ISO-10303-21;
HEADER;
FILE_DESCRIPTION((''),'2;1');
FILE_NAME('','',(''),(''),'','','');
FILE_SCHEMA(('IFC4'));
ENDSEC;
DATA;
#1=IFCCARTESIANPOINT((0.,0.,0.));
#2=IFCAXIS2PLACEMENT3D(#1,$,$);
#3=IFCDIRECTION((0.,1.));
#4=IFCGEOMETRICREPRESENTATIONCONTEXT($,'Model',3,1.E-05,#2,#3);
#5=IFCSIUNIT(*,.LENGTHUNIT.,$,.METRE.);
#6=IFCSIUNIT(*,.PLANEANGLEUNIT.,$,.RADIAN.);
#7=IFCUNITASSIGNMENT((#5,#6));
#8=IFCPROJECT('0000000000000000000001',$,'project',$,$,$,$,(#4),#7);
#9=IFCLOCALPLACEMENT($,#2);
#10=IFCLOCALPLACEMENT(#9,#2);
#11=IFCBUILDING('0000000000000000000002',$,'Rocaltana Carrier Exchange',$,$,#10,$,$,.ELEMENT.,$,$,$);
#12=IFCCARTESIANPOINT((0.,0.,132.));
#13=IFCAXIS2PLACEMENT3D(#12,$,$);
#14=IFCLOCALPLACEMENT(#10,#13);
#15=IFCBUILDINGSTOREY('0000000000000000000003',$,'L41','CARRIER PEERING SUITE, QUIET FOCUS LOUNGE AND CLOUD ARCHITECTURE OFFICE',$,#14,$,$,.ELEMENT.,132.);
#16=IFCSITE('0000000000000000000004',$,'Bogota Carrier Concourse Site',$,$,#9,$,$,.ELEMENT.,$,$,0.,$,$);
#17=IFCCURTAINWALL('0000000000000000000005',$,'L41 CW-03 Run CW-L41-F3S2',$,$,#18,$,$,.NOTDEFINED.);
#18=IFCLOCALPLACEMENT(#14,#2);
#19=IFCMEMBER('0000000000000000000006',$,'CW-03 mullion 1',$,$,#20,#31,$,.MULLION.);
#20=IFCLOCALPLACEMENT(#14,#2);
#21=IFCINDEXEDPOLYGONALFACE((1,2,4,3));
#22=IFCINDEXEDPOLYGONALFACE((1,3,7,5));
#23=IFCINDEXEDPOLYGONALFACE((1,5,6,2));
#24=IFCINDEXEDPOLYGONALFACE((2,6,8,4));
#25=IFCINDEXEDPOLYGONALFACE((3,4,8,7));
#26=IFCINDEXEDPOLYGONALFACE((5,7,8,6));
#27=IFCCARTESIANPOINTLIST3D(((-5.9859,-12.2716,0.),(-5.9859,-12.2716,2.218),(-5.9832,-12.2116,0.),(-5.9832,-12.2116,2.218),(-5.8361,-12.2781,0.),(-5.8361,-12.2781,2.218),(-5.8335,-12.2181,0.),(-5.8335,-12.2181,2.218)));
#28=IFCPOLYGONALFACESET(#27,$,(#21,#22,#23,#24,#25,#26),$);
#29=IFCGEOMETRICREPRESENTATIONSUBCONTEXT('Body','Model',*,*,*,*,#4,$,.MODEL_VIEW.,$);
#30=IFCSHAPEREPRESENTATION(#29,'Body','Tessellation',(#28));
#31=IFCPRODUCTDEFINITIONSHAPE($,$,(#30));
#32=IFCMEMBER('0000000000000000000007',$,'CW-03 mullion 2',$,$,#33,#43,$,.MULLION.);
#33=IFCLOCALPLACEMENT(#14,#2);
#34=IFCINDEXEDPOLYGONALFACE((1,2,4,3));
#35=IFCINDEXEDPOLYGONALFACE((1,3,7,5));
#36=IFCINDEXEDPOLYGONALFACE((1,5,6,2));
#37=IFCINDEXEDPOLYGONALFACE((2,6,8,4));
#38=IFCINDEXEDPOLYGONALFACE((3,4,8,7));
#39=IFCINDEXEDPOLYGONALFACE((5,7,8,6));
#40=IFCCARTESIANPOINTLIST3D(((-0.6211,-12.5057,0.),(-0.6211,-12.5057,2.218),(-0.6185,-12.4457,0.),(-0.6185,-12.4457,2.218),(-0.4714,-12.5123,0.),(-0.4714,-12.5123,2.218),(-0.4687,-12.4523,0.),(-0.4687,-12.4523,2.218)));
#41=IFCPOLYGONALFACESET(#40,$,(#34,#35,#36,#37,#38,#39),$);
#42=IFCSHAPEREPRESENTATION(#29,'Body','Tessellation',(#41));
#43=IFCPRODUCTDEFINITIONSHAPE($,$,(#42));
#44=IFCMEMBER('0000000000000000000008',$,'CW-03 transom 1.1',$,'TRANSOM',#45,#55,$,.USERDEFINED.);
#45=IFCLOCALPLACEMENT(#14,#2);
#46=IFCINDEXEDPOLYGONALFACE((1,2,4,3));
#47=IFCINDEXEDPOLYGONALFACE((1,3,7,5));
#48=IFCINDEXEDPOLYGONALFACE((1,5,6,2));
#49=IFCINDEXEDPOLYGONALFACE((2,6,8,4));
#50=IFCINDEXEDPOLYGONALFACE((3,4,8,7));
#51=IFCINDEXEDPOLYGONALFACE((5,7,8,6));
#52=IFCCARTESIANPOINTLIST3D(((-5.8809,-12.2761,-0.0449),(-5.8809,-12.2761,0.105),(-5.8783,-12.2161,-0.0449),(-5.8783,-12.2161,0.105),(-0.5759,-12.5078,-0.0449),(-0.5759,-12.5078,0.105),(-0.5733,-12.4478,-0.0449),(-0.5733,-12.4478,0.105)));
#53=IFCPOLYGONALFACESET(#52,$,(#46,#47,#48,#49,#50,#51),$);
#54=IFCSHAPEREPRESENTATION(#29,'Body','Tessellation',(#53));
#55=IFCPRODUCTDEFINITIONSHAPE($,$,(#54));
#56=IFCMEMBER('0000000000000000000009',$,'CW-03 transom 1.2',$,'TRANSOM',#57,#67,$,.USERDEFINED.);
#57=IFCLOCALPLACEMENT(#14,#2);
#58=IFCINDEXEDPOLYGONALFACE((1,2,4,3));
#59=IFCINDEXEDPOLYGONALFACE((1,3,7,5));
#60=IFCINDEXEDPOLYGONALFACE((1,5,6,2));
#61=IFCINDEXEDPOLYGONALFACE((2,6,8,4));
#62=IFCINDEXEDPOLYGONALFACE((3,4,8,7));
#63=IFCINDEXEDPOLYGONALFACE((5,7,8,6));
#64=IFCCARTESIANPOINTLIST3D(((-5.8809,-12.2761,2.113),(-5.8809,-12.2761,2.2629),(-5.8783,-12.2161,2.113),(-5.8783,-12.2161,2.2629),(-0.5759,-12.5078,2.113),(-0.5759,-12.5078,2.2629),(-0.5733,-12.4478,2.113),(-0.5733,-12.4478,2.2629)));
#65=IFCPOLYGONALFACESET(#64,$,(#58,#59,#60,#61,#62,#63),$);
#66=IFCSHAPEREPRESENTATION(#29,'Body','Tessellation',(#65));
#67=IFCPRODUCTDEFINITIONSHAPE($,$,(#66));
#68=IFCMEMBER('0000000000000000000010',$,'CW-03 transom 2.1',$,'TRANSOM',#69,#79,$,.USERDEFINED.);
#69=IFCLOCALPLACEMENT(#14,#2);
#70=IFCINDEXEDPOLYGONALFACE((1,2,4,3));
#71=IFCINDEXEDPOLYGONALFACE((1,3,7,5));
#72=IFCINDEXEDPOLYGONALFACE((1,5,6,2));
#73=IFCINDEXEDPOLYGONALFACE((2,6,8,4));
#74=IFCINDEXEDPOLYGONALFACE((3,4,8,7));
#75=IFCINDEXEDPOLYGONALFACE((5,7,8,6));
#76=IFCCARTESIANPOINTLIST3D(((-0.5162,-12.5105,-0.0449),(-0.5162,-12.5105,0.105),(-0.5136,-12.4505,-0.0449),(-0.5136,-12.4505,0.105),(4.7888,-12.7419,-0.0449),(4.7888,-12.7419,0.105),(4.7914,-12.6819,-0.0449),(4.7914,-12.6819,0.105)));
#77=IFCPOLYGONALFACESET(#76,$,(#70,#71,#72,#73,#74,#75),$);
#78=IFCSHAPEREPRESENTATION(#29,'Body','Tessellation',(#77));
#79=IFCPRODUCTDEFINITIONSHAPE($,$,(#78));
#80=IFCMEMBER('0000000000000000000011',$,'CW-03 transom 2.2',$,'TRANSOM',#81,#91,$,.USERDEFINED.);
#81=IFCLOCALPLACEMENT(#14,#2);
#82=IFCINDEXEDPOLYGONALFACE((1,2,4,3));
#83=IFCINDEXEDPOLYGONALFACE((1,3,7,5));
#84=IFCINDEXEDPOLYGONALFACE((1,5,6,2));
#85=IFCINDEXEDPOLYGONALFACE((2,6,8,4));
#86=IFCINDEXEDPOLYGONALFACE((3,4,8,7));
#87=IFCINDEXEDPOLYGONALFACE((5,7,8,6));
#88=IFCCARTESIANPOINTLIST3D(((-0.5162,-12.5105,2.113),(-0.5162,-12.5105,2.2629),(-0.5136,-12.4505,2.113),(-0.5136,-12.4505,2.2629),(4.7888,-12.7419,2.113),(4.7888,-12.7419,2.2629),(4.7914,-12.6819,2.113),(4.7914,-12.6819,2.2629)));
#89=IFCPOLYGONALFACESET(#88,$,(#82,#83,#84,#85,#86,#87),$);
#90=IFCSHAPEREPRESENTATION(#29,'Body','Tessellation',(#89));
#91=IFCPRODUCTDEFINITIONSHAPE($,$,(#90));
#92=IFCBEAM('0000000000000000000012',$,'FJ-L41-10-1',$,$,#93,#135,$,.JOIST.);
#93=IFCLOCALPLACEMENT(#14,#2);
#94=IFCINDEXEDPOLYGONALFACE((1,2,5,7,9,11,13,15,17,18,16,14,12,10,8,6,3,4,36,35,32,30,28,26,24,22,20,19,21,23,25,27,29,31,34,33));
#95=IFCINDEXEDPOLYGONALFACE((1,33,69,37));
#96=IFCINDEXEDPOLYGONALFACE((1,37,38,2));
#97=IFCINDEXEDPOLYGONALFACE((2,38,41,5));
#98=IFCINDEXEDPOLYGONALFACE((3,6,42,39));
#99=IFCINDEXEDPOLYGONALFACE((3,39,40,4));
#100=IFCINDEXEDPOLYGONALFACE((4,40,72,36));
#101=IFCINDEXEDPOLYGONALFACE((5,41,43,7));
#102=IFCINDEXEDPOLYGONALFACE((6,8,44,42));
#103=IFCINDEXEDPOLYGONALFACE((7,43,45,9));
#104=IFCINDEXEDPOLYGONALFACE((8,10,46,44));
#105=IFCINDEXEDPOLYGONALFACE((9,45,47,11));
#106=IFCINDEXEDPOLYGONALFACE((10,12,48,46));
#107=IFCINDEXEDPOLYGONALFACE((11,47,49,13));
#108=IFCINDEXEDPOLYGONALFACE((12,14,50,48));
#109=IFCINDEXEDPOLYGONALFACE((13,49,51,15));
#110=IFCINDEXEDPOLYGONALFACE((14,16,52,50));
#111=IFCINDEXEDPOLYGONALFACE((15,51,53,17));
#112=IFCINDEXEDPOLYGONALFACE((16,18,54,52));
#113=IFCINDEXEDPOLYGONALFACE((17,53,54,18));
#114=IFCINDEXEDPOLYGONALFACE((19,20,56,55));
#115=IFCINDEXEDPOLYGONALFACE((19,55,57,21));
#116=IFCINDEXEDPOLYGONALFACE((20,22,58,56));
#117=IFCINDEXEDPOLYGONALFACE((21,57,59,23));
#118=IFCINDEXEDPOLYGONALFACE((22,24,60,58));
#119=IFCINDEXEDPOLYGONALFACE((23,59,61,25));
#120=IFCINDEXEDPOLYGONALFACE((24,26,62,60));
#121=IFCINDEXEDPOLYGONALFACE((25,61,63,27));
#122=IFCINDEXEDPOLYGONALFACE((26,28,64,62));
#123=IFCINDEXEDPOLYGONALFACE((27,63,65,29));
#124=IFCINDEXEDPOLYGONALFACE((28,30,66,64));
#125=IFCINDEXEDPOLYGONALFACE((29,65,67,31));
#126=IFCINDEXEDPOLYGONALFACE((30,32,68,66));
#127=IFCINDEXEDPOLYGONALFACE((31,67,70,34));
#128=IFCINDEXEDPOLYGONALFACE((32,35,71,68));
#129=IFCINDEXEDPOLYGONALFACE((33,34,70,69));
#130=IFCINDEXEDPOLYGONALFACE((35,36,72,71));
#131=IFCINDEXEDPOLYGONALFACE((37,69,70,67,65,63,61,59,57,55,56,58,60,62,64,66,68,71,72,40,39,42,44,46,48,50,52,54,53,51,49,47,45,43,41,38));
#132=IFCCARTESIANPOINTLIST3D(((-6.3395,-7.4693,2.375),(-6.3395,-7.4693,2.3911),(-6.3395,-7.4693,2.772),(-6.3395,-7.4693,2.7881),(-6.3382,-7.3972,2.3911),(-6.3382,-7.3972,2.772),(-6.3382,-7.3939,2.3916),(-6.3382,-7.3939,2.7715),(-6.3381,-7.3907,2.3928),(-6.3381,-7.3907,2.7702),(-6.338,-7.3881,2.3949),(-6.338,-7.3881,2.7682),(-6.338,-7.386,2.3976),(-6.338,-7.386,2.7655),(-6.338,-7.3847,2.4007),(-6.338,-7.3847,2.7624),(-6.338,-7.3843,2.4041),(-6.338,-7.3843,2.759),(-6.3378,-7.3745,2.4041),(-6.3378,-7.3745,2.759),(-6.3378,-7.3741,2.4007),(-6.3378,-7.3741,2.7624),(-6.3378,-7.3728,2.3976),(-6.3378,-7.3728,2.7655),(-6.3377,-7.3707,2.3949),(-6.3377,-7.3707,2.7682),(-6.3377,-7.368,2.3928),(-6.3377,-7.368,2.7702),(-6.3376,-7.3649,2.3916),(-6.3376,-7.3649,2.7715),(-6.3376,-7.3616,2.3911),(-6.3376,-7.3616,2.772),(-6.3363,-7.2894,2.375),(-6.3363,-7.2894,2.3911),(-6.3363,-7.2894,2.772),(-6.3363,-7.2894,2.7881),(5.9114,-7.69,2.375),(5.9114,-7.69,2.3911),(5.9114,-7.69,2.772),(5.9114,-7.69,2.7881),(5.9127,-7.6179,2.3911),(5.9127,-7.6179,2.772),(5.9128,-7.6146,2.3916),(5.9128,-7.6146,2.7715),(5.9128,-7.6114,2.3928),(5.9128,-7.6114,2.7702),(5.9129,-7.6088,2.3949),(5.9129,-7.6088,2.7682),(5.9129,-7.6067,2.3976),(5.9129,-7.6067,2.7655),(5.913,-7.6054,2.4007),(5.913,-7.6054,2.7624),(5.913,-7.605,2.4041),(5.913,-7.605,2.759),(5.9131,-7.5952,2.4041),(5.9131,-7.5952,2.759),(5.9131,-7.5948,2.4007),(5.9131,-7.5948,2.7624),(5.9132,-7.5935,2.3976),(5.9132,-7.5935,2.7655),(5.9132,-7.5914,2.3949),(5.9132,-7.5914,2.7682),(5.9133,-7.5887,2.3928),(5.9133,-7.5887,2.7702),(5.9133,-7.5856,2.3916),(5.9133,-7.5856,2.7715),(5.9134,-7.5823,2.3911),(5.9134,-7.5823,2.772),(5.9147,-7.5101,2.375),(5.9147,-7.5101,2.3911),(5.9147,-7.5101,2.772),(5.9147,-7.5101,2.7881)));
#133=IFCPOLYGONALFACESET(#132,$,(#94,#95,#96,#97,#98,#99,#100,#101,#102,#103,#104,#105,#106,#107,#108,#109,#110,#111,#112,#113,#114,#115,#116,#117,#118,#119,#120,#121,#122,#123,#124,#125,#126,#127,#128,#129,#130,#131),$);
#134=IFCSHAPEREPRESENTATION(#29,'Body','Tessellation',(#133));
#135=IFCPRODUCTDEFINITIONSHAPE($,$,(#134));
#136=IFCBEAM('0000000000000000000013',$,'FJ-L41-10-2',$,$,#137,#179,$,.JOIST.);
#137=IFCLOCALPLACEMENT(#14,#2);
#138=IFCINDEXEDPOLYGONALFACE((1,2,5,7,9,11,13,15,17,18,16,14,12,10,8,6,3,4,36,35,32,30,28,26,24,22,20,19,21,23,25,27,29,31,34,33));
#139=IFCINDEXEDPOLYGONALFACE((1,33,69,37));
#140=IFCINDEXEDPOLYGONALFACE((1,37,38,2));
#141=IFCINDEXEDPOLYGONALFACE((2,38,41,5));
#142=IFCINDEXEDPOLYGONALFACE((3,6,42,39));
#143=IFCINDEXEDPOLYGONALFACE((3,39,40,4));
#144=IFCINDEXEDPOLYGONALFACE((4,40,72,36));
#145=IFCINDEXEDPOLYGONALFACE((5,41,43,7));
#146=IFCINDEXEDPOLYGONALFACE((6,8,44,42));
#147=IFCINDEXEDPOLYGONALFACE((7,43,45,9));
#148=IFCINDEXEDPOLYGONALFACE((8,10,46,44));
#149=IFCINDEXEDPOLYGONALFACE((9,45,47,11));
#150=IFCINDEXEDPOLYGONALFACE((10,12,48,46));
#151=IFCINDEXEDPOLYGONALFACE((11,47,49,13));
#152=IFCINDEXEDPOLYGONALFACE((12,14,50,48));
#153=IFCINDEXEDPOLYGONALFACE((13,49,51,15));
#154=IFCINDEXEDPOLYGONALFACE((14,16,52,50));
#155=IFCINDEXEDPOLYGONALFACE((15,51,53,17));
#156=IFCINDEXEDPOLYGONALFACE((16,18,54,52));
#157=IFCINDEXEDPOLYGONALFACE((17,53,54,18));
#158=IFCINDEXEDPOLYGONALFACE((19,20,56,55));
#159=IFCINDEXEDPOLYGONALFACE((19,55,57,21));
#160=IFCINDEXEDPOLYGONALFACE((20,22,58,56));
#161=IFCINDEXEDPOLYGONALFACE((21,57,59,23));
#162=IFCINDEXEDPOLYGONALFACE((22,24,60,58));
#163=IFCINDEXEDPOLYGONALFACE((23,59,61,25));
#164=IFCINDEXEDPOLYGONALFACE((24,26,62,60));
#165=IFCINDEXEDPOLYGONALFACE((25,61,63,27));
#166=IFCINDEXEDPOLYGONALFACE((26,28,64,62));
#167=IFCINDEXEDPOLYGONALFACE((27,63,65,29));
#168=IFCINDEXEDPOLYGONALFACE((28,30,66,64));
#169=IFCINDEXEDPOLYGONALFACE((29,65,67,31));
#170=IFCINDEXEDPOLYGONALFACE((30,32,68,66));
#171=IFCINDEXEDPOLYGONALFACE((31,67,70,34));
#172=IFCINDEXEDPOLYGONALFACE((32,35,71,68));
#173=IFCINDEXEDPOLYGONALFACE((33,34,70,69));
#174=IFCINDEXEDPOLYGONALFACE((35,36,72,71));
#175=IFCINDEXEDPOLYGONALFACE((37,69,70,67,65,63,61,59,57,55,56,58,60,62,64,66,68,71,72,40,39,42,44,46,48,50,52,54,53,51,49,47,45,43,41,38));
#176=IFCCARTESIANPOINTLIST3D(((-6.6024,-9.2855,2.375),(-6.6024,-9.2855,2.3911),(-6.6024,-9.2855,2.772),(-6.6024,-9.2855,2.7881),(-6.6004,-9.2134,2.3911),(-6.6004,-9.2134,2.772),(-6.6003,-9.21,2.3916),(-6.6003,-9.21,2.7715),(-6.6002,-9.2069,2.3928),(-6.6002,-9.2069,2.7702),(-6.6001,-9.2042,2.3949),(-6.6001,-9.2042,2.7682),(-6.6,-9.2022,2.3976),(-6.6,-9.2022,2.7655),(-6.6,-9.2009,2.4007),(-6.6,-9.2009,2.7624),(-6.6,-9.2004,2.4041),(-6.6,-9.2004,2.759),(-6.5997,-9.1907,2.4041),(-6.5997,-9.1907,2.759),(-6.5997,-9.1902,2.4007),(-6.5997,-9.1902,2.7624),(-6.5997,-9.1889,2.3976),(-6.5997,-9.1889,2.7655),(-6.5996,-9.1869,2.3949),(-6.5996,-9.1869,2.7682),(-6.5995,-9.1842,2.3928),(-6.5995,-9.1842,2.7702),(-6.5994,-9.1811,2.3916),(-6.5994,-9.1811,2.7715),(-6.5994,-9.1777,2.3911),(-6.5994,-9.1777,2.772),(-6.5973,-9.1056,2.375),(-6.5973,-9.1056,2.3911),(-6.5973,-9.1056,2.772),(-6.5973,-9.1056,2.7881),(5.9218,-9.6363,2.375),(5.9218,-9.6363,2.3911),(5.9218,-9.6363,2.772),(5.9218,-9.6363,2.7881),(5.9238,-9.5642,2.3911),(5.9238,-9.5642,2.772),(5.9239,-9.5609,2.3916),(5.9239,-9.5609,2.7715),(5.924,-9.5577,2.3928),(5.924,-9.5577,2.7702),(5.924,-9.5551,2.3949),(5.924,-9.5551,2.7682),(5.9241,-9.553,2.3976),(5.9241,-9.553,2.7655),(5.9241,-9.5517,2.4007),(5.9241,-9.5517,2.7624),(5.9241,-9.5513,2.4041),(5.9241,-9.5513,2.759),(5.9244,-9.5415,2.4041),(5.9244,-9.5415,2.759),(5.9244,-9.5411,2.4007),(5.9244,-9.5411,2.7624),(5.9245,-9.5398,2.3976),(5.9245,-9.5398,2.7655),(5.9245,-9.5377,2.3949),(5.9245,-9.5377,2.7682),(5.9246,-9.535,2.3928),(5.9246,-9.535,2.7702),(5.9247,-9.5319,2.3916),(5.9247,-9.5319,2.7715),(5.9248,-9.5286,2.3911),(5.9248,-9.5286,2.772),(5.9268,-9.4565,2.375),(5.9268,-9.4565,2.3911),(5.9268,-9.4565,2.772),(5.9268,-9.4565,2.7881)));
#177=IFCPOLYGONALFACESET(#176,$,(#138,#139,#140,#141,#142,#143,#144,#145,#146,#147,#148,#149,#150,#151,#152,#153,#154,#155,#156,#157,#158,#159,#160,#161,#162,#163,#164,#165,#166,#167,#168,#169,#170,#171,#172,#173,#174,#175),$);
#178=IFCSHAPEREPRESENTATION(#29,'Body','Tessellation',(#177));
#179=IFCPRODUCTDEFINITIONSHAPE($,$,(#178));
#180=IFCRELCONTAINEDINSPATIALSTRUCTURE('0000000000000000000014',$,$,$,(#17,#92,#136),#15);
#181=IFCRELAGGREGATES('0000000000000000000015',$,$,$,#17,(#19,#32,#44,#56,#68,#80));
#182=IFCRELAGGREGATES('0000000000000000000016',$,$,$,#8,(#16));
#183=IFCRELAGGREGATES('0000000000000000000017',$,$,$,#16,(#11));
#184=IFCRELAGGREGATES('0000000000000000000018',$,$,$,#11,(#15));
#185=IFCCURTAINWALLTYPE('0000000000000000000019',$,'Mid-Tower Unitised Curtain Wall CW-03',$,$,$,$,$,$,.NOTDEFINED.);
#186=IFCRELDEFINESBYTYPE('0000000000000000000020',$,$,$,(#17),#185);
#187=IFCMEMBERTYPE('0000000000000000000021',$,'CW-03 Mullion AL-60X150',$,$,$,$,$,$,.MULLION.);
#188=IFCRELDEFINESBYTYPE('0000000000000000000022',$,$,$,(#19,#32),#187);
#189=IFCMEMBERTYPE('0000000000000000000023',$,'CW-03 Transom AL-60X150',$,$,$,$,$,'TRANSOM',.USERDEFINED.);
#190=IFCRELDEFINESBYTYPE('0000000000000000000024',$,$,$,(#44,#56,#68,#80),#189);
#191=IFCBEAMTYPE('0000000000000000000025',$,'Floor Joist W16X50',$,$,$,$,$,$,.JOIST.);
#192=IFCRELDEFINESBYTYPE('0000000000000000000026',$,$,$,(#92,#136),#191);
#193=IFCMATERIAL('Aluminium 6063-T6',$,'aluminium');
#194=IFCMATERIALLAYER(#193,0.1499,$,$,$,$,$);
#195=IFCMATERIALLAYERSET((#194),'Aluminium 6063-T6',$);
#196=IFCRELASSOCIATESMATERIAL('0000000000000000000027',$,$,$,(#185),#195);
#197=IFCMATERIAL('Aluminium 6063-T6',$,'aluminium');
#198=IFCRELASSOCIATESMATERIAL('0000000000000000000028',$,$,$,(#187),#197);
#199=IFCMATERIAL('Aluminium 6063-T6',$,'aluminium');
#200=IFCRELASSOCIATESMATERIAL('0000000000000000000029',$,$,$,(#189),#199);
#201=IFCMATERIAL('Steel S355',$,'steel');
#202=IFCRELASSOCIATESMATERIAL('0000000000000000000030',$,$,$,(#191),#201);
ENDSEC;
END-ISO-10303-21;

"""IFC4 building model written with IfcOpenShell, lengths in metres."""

from ifc_helpers import new_model, si_unit, direction, frame, origin, origin_2d, place, context, subcontext, project, spatial, rectangle, i_section, extrude, material, layer, layer_set, material_profile, profile_set, type_object, element, aggregate, save


model = new_model("IFC4")

# Units and contexts
model_context = context("Model", 3, precision=1e-05, world=origin(), true_north=direction((0.0, 1.0)))
body_context = subcontext(model_context, "Body", "Model", "MODEL_VIEW")
ifc_project = project(units=[si_unit("LENGTHUNIT", "METRE"), si_unit("PLANEANGLEUNIT", "RADIAN")], contexts=[model_context])

# Site, building, storey
site_placement = place(None, origin())
site = spatial("IfcSite", under=ifc_project, at=site_placement, Name="Bogota Carrier Concourse Site", CompositionType="ELEMENT", RefElevation=0.0)
building_placement = place(site_placement, origin())
building = spatial("IfcBuilding", under=site, at=building_placement, Name="Rocaltana Carrier Exchange", CompositionType="ELEMENT")
storey_placement = place(building_placement, frame((0.0, 0.0, 132.0)))
storey = spatial("IfcBuildingStorey", under=building, at=storey_placement, Name="L41", Description="CARRIER PEERING SUITE, QUIET FOCUS LOUNGE AND CLOUD ARCHITECTURE OFFICE", CompositionType="ELEMENT", Elevation=132.0)

# Curtain wall, members
ifc_material_1 = material(Name="Aluminium 6063-T6", Category="aluminium")
ifc_layer_1 = layer(ifc_material_1, 0.1499)
ifc_layer_set_1 = layer_set([ifc_layer_1], Name="Aluminium 6063-T6")
curtain_wall_type = type_object("IfcCurtainWallType", Name="Mid-Tower Unitised Curtain Wall CW-03", PredefinedType="NOTDEFINED", material=ifc_layer_set_1)
curtain_wall_placement = place(storey_placement, origin())
curtain_wall = element("IfcCurtainWall", 1, at=curtain_wall_placement, inside=storey, type_object=curtain_wall_type, Name="L41 CW-03 Run CW-L41-F3S2", PredefinedType="NOTDEFINED")
ifc_material_2 = material(Name="Aluminium 6063-T6", Category="aluminium")
ifc_material_profile_1 = material_profile(ifc_material_2, rectangle(XDim=0.0601, YDim=0.1499, at=origin_2d()), Name="AL-60X150")
ifc_profile_set_1 = profile_set([ifc_material_profile_1], Name="Aluminium 6063-T6")
member_type_1 = type_object("IfcMemberType", Name="CW-03 Mullion AL-60X150", PredefinedType="MULLION", material=ifc_profile_set_1)
member_1_placement = place(storey_placement, frame((-5.9097, -12.2449, 0.0), z_axis=(0.0, 0.0, 1.0), x_axis=(0.04362, 0.999048, 0.0)))
member_1 = element("IfcMember", 2, at=member_1_placement, type_object=member_type_1, Name="CW-03 mullion 1", PredefinedType="MULLION", context=body_context, shape_type="SweptSolid", body=[
    extrude(rectangle(XDim=0.0601, YDim=0.1499, at=origin_2d()), origin(), (0.0, 0.0, 1.0), 2.218),
])
member_2_placement = place(storey_placement, frame((-0.5449, -12.479, 0.0), z_axis=(0.0, 0.0, 1.0), x_axis=(0.04362, 0.999048, 0.0)))
member_2 = element("IfcMember", 3, at=member_2_placement, type_object=member_type_1, Name="CW-03 mullion 2", PredefinedType="MULLION", context=body_context, shape_type="SweptSolid", body=[
    extrude(rectangle(XDim=0.0601, YDim=0.1499, at=origin_2d()), origin(), (0.0, 0.0, 1.0), 2.218),
])
ifc_material_3 = material(Name="Aluminium 6063-T6", Category="aluminium")
ifc_material_profile_2 = material_profile(ifc_material_3, rectangle(XDim=0.0601, YDim=0.1499, at=origin_2d()), Name="AL-60X150")
ifc_profile_set_2 = profile_set([ifc_material_profile_2], Name="Aluminium 6063-T6")
member_type_2 = type_object("IfcMemberType", Name="CW-03 Transom AL-60X150", ElementType="TRANSOM", PredefinedType="USERDEFINED", material=ifc_profile_set_2)
member_3_placement = place(storey_placement, frame((-5.8796, -12.2461, 0.03), z_axis=(0.999048, -0.043633, 0.0), x_axis=(0.043633, 0.999048, 0.0)))
member_3 = element("IfcMember", 4, at=member_3_placement, type_object=member_type_2, Name="CW-03 transom 1.1", ObjectType="TRANSOM", PredefinedType="USERDEFINED", context=body_context, shape_type="SweptSolid", body=[
    extrude(rectangle(XDim=0.0601, YDim=0.1499, at=origin_2d()), origin(), (0.0, 0.0, 1.0), 5.3101),
])
member_4_placement = place(storey_placement, frame((-5.8796, -12.2461, 2.188), z_axis=(0.999048, -0.043633, 0.0), x_axis=(0.043633, 0.999048, 0.0)))
member_4 = element("IfcMember", 5, at=member_4_placement, type_object=member_type_2, Name="CW-03 transom 1.2", ObjectType="TRANSOM", PredefinedType="USERDEFINED", context=body_context, shape_type="SweptSolid", body=[
    extrude(rectangle(XDim=0.0601, YDim=0.1499, at=origin_2d()), origin(), (0.0, 0.0, 1.0), 5.3101),
])
member_5_placement = place(storey_placement, frame((-0.5149, -12.4805, 0.03), z_axis=(0.99905, -0.043587, 0.0), x_axis=(0.043587, 0.99905, 0.0)))
member_5 = element("IfcMember", 6, at=member_5_placement, type_object=member_type_2, Name="CW-03 transom 2.1", ObjectType="TRANSOM", PredefinedType="USERDEFINED", context=body_context, shape_type="SweptSolid", body=[
    extrude(rectangle(XDim=0.0601, YDim=0.1499, at=origin_2d()), origin(), (0.0, 0.0, 1.0), 5.3101),
])
member_6_placement = place(storey_placement, frame((-0.5149, -12.4805, 2.188), z_axis=(0.99905, -0.043587, 0.0), x_axis=(0.043587, 0.99905, 0.0)))
member_6 = element("IfcMember", 7, at=member_6_placement, type_object=member_type_2, Name="CW-03 transom 2.2", ObjectType="TRANSOM", PredefinedType="USERDEFINED", context=body_context, shape_type="SweptSolid", body=[
    extrude(rectangle(XDim=0.0601, YDim=0.1499, at=origin_2d()), origin(), (0.0, 0.0, 1.0), 5.3101),
])

# Beams
ifc_material_4 = material(Name="Steel S355", Category="steel")
ifc_material_profile_3 = material_profile(ifc_material_4, i_section(OverallWidth=0.1799, OverallDepth=0.4131, WebThickness=0.0098, FlangeThickness=0.0161, FilletRadius=0.0129, at=origin_2d()), Name="W16X50")
ifc_profile_set_3 = profile_set([ifc_material_profile_3], Name="Steel S355")
beam_type_1 = type_object("IfcBeamType", Name="Floor Joist W16X50", PredefinedType="JOIST", material=ifc_profile_set_3)
beam_1_placement = place(storey_placement, frame((-6.3379, -7.3794, 2.5815), z_axis=(0.999838, -0.018012, 0.0), x_axis=(0.018012, 0.999838, 0.0)))
element("IfcBeam", 8, at=beam_1_placement, inside=storey, type_object=beam_type_1, Name="FJ-L41-10-1", PredefinedType="JOIST", context=body_context, shape_type="SweptSolid", body=[
    extrude(i_section(OverallWidth=0.1799, OverallDepth=0.4131, WebThickness=0.0098, FlangeThickness=0.0161, FilletRadius=0.0129, at=origin_2d()), origin(), (0.0, 0.0, 1.0), 12.2529),
])
beam_2_placement = place(storey_placement, frame((-6.5999, -9.1956, 2.5815), z_axis=(0.999608, -0.028001, 0.0), x_axis=(0.028001, 0.999608, 0.0)))
element("IfcBeam", 9, at=beam_2_placement, inside=storey, type_object=beam_type_1, Name="FJ-L41-10-2", PredefinedType="JOIST", context=body_context, shape_type="SweptSolid", body=[
    extrude(i_section(OverallWidth=0.1799, OverallDepth=0.4131, WebThickness=0.0098, FlangeThickness=0.0161, FilletRadius=0.0129, at=origin_2d()), origin(), (0.0, 0.0, 1.0), 12.5291),
])

aggregate(curtain_wall, [member_1, member_2, member_3, member_4, member_5, member_6])

save(model, "model.ifc")
